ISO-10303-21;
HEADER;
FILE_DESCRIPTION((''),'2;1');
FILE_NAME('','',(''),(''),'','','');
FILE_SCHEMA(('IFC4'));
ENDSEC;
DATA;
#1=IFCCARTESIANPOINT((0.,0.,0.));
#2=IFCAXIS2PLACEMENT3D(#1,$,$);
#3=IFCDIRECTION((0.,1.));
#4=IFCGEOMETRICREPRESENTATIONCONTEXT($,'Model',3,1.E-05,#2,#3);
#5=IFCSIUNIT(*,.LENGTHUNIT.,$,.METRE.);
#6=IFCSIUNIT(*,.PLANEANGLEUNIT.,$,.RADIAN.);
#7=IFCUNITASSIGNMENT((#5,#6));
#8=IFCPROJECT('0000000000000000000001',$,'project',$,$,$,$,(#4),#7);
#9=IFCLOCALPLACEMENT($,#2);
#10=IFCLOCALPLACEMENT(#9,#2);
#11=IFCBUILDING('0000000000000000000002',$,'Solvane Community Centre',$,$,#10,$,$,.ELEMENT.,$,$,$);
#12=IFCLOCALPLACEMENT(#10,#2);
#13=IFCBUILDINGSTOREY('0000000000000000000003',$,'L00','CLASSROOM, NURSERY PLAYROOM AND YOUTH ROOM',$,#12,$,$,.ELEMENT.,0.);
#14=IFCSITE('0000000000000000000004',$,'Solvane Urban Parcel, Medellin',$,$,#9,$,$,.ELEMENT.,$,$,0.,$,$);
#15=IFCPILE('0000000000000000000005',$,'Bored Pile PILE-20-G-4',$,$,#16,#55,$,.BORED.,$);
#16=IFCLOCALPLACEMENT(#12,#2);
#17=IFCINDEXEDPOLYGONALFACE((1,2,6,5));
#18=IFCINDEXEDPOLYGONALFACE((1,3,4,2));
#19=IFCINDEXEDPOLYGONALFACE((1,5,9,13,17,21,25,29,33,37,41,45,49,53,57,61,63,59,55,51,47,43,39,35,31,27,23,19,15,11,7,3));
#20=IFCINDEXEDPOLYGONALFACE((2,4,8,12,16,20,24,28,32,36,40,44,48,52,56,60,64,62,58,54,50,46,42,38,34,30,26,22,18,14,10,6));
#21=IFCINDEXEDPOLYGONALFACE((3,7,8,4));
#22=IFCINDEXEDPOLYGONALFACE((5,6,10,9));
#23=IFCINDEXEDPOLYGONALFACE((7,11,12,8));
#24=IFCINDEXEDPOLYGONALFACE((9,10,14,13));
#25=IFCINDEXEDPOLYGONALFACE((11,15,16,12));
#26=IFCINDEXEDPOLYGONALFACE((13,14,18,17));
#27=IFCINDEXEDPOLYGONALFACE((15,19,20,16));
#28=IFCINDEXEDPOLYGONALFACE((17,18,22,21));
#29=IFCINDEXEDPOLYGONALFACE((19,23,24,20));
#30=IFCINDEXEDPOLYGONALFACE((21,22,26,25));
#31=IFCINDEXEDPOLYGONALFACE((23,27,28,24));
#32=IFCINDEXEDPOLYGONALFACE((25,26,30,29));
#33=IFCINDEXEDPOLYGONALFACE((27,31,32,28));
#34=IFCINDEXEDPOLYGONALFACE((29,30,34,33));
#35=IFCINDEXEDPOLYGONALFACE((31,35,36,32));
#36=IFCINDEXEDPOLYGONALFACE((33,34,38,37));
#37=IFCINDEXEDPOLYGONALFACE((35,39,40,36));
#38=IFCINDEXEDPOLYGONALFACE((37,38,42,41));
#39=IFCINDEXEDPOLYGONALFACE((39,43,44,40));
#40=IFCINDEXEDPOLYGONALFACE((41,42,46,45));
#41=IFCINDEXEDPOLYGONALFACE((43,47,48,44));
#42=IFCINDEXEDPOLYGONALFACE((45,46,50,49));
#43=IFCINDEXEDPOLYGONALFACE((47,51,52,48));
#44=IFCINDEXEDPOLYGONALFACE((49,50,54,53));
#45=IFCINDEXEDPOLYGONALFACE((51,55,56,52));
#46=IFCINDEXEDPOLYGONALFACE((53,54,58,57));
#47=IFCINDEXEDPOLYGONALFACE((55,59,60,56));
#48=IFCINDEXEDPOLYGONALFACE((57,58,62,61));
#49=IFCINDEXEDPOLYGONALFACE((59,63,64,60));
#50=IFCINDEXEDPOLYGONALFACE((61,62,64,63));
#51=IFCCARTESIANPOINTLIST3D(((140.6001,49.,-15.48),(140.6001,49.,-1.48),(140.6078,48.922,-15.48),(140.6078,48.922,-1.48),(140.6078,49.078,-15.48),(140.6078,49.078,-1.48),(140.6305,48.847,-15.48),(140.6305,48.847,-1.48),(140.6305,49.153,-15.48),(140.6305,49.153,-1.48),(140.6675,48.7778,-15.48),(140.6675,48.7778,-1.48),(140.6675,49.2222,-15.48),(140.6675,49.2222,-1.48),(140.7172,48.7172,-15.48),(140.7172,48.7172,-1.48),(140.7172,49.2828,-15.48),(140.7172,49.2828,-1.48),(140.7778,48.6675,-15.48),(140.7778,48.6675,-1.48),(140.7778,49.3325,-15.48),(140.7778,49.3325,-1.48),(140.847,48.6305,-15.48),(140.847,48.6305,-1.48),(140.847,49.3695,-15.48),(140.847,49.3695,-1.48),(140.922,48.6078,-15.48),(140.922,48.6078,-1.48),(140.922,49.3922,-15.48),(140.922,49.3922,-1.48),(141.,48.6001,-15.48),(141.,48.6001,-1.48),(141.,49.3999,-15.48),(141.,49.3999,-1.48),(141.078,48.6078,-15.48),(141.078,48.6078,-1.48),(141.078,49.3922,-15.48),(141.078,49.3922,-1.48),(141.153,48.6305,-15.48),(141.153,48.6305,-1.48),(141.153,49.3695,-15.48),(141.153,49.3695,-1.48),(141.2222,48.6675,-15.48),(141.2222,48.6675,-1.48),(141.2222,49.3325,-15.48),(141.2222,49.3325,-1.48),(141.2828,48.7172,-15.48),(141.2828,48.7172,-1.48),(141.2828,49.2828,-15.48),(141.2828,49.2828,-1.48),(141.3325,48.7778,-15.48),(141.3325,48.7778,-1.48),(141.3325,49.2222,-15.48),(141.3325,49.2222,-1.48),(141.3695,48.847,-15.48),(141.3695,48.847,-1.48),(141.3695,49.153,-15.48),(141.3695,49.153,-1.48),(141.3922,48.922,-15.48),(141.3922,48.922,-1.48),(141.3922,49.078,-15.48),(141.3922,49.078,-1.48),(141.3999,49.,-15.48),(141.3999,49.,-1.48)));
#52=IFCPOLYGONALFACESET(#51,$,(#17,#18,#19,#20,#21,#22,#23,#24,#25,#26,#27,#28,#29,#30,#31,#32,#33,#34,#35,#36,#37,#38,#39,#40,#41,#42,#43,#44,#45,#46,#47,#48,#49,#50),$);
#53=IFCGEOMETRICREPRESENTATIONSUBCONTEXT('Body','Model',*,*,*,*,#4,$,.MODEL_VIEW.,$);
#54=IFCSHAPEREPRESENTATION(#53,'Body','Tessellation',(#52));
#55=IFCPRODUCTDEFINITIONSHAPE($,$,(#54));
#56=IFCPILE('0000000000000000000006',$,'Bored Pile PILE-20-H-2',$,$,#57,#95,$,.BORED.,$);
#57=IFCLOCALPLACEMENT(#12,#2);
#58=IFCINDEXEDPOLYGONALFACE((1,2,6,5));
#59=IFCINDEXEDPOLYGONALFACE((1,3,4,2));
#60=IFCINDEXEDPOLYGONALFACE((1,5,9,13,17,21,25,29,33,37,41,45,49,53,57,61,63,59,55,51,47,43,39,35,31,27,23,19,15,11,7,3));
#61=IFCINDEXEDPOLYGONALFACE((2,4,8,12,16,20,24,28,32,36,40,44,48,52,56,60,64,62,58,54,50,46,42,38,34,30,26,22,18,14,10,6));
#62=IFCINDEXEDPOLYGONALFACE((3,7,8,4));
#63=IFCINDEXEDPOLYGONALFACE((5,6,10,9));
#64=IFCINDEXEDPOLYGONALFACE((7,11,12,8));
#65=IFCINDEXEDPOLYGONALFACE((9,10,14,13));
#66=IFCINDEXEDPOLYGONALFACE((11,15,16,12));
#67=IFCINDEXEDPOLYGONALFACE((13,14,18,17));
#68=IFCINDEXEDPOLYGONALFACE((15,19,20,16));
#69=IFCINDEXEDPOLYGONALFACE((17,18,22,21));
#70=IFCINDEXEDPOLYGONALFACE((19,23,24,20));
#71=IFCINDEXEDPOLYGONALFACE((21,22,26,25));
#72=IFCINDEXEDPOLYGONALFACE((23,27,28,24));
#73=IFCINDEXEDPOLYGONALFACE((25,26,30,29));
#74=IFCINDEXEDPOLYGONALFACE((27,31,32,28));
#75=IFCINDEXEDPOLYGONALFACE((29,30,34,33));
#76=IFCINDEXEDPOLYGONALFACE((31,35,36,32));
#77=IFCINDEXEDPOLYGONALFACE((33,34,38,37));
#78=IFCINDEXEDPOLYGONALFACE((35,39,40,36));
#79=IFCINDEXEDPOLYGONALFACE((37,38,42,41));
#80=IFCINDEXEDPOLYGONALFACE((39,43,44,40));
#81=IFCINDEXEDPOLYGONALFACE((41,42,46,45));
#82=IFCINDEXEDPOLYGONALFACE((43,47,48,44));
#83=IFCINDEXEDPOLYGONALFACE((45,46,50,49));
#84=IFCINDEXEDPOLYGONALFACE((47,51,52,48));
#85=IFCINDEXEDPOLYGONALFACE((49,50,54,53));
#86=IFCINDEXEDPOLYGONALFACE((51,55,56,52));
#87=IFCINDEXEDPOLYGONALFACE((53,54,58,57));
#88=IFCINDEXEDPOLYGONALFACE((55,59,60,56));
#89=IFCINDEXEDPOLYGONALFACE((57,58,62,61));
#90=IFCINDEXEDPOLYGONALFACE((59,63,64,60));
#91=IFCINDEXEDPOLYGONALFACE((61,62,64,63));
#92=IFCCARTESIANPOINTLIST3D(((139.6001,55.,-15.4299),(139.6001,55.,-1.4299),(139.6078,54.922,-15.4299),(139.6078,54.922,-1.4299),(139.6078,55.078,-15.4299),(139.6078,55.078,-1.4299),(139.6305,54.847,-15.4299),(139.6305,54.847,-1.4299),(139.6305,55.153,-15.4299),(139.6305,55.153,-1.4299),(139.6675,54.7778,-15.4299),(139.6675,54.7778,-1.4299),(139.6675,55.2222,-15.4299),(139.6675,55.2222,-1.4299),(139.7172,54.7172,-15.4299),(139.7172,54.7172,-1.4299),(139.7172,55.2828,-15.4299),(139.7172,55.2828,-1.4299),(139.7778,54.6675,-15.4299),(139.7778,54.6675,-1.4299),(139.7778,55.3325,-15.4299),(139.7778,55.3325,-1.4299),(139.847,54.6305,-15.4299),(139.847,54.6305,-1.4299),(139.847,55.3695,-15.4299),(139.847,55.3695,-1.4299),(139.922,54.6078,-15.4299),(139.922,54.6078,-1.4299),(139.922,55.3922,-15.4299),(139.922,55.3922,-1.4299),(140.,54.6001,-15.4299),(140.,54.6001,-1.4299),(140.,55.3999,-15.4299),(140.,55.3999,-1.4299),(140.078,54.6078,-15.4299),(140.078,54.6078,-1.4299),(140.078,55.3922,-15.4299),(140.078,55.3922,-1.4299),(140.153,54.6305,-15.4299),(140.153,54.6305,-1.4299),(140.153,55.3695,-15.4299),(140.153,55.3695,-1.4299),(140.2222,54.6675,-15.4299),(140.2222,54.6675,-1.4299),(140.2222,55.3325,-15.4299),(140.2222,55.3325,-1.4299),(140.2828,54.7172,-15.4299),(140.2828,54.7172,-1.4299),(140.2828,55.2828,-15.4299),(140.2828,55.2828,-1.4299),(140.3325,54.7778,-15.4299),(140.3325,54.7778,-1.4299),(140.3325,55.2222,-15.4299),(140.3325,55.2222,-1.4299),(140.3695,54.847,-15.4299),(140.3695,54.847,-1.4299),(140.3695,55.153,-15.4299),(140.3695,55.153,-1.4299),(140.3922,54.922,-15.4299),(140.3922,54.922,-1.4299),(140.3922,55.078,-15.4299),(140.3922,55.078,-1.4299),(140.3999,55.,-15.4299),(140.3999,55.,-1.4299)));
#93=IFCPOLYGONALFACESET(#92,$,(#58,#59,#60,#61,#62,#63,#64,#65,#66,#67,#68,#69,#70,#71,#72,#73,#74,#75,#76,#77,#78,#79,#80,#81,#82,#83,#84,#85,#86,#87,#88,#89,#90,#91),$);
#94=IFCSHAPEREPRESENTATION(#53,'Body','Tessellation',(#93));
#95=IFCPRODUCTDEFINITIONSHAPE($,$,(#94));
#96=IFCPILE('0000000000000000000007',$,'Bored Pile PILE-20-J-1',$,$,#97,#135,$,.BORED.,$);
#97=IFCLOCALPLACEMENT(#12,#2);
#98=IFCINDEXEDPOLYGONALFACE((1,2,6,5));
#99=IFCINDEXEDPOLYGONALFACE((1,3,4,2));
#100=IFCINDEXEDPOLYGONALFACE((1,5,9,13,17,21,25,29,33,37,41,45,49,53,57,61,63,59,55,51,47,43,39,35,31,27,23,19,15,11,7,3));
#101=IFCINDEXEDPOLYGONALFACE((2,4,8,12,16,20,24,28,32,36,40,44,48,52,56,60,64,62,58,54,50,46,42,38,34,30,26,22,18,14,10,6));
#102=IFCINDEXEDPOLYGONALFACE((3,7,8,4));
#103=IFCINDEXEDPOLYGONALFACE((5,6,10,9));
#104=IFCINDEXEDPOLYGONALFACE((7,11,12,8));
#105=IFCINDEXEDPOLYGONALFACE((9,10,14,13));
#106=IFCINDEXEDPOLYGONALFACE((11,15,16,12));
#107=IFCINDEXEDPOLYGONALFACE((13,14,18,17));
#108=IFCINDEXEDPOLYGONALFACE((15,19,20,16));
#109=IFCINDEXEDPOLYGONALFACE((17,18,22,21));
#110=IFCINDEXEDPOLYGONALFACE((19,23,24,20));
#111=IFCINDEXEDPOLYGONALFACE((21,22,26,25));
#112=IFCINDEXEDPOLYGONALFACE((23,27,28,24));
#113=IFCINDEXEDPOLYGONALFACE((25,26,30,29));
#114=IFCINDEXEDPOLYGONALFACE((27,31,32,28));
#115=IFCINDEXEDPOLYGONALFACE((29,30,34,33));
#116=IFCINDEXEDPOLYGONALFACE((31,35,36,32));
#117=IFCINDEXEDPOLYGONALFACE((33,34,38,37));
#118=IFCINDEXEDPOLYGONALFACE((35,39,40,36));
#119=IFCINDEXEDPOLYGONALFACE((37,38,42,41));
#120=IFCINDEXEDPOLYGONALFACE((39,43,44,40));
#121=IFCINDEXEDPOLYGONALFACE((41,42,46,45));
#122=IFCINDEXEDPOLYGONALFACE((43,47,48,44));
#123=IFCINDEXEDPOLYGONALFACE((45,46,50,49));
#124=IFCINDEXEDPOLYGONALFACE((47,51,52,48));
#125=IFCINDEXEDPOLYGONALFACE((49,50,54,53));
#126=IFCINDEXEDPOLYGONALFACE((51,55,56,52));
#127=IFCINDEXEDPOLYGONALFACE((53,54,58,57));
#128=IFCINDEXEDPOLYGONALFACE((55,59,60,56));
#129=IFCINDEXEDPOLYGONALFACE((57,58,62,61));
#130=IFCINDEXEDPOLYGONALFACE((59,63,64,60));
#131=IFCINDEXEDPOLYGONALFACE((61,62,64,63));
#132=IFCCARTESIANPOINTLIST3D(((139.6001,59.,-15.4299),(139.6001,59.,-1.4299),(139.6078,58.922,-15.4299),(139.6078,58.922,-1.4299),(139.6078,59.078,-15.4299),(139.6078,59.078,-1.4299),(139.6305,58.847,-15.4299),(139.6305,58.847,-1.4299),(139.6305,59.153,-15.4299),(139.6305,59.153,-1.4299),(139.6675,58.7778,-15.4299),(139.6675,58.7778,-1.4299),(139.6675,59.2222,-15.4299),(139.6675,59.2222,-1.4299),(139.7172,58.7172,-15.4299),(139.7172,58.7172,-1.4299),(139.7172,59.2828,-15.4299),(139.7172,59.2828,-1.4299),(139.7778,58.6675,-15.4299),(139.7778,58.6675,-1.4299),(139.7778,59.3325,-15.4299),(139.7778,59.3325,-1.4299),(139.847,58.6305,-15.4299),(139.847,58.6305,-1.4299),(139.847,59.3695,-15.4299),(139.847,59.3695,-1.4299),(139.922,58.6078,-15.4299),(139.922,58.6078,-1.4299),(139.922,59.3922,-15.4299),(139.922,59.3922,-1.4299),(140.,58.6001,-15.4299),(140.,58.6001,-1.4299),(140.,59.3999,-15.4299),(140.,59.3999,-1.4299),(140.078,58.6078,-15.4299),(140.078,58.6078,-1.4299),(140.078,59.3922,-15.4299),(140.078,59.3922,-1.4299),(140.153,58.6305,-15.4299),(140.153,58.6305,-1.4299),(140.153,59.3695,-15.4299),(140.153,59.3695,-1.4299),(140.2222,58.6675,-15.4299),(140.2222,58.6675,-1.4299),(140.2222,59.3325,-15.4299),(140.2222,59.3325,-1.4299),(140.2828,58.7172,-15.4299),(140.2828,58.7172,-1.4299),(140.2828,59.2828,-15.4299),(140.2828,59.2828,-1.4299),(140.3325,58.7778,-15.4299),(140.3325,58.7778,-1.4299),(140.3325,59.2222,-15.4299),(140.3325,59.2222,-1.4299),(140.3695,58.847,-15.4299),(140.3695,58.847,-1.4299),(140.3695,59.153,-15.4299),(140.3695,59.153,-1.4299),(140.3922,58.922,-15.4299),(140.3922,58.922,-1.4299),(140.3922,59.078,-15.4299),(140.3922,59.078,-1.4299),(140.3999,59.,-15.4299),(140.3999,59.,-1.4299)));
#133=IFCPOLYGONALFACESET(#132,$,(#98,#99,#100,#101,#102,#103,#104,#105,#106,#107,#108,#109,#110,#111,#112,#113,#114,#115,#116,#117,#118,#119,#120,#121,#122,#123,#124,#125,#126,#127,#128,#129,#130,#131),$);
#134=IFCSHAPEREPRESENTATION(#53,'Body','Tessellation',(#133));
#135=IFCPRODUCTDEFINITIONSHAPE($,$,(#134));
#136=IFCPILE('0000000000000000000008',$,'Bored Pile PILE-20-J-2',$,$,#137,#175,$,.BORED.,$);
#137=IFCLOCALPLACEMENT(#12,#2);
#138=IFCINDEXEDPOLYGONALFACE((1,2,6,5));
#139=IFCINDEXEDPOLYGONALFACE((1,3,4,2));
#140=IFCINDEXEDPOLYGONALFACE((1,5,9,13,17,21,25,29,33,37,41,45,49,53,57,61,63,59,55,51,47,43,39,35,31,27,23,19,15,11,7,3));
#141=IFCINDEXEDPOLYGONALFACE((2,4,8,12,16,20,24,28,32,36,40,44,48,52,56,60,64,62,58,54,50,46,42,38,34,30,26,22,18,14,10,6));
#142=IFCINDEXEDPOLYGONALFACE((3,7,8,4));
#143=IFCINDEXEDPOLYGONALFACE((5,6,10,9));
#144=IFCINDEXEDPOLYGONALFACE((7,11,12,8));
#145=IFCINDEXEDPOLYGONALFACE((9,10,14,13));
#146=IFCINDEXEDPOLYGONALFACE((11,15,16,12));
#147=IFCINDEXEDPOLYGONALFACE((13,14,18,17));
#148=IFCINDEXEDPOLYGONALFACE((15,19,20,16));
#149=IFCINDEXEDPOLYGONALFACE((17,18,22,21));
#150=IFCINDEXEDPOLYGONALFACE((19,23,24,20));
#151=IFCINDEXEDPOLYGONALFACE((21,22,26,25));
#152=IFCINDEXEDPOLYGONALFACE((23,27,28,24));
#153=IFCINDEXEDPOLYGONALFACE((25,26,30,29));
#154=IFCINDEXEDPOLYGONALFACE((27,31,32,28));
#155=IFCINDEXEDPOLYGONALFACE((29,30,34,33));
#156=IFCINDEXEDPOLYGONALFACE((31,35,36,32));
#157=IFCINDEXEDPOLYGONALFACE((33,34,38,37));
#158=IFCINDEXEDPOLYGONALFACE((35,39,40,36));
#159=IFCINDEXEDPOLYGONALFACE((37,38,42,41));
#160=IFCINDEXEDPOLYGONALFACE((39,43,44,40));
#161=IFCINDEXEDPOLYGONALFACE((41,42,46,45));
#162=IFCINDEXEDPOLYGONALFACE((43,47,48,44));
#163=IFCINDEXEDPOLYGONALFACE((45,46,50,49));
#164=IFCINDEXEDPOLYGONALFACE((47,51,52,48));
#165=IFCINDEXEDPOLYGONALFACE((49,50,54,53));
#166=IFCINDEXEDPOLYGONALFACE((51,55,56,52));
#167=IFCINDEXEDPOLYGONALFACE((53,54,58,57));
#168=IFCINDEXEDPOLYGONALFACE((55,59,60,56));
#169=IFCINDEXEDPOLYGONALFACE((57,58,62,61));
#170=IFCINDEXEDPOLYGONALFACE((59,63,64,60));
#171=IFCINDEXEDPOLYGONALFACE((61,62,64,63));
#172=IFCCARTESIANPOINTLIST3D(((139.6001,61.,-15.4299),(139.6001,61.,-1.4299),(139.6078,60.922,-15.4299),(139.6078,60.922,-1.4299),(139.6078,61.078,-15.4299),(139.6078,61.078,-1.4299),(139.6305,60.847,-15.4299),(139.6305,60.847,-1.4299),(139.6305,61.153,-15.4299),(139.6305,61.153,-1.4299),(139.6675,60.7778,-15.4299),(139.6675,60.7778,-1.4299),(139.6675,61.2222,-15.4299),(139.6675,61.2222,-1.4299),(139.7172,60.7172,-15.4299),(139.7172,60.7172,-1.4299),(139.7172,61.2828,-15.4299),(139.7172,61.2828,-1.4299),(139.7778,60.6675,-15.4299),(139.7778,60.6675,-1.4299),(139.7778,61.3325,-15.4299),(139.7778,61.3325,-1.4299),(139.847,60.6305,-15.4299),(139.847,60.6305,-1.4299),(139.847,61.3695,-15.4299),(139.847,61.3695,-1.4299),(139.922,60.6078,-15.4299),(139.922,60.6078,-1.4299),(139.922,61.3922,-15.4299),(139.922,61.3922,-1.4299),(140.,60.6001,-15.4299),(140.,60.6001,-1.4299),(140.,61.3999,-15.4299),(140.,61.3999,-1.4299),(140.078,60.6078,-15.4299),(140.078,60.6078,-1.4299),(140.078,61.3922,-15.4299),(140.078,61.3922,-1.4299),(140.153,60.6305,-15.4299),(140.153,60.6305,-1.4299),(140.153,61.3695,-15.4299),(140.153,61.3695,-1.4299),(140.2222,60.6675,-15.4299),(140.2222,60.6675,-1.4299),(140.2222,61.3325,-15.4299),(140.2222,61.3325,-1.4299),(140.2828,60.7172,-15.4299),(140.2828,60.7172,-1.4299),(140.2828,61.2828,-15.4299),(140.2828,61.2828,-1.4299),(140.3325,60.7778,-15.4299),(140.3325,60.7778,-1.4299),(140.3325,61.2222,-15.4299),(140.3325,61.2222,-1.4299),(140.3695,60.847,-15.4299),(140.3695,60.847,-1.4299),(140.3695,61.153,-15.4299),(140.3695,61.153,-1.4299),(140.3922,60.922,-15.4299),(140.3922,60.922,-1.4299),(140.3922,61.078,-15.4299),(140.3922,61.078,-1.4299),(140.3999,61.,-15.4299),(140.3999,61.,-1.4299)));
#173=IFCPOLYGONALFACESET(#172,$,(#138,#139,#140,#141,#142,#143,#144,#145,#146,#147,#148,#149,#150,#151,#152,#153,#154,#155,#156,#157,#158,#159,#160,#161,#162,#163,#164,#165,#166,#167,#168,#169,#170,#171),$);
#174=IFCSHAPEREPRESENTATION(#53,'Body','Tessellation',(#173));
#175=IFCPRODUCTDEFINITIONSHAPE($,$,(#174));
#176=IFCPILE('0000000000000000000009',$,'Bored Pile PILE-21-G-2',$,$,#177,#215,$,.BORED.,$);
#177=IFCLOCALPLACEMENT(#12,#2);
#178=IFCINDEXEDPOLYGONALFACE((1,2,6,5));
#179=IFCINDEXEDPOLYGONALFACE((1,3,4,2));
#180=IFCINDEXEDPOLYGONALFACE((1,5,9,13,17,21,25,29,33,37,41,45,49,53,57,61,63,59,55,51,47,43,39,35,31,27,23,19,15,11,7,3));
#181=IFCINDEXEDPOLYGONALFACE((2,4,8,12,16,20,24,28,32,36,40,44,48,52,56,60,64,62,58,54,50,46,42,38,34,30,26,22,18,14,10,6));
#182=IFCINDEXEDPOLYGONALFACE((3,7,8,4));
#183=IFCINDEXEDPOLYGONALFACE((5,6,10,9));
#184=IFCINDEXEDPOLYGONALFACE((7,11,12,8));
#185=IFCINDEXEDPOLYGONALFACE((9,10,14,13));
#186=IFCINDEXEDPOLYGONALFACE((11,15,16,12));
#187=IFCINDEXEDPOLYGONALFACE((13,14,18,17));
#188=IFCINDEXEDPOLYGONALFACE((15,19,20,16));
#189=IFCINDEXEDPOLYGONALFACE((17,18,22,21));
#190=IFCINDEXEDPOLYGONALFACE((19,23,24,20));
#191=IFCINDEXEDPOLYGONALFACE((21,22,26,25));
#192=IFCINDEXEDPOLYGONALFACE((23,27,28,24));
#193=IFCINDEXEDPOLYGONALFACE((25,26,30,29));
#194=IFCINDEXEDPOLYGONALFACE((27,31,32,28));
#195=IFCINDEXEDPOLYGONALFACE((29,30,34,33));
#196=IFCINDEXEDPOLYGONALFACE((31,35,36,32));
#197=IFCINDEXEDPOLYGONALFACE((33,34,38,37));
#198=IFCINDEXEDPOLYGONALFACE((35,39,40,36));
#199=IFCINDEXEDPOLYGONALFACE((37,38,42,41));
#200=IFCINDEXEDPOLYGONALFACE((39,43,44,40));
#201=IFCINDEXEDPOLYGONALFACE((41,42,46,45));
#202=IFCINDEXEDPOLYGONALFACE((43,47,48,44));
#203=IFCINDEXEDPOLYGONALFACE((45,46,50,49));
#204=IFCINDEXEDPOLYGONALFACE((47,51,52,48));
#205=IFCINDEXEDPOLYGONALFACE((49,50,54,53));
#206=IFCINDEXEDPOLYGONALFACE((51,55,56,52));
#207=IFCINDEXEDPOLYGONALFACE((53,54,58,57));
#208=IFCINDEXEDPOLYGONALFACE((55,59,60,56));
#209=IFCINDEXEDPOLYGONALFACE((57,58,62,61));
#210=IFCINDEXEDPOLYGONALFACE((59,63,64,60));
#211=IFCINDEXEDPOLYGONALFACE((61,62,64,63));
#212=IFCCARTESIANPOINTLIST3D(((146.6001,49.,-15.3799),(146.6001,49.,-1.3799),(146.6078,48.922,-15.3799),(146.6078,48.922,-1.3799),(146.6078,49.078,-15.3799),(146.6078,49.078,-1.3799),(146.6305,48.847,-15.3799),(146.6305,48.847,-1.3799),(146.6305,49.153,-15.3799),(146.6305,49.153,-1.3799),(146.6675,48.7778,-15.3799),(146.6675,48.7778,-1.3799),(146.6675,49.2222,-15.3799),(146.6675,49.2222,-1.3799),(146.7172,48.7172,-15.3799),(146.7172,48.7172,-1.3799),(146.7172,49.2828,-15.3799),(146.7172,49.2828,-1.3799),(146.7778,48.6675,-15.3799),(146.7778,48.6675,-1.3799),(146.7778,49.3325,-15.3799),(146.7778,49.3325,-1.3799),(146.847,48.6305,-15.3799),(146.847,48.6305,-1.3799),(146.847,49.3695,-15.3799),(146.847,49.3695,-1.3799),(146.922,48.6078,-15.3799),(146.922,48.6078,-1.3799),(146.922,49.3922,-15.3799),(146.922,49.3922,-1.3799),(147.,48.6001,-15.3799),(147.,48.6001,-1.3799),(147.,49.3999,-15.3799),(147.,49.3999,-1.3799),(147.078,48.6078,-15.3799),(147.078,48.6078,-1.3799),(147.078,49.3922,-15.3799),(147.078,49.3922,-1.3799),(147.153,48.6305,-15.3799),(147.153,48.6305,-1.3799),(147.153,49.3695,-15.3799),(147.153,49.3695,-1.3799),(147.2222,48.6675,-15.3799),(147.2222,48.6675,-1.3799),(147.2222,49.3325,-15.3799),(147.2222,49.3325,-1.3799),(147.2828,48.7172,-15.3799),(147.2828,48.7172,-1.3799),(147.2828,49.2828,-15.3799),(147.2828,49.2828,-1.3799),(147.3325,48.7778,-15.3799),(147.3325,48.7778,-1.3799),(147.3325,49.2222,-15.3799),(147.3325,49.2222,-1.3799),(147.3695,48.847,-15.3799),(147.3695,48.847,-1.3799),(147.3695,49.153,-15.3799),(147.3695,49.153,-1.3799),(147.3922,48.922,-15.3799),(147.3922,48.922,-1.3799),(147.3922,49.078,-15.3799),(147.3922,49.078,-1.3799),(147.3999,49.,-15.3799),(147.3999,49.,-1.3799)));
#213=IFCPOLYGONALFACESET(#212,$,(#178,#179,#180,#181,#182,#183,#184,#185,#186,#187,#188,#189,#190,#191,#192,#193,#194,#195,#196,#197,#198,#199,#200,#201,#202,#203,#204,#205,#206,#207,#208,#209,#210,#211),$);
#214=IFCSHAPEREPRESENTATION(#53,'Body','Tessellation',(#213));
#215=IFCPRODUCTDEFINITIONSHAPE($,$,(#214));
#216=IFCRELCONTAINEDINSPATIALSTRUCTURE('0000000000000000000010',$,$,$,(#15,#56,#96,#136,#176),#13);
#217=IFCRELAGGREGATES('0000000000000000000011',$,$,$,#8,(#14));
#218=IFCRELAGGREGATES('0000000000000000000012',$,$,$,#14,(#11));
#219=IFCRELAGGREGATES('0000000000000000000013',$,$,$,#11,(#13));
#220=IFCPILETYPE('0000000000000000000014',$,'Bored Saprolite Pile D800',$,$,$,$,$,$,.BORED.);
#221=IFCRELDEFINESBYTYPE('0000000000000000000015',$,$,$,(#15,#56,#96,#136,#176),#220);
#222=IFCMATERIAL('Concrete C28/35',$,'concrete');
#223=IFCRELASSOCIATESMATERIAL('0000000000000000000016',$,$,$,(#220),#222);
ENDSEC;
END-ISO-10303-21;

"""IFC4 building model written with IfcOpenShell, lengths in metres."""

from ifc_helpers import new_model, si_unit, direction, frame, origin, origin_2d, place, context, subcontext, project, spatial, circle, extrude, material, material_profile, profile_set, type_object, element, save


model = new_model("IFC4")

# Units and contexts
model_context = context("Model", 3, precision=1e-05, world=origin(), true_north=direction((0.0, 1.0)))
body_context = subcontext(model_context, "Body", "Model", "MODEL_VIEW")
ifc_project = project(units=[si_unit("LENGTHUNIT", "METRE"), si_unit("PLANEANGLEUNIT", "RADIAN")], contexts=[model_context])

# Site, building, storey
site_placement = place(None, origin())
site = spatial("IfcSite", under=ifc_project, at=site_placement, Name="Solvane Urban Parcel, Medellin", CompositionType="ELEMENT", RefElevation=0.0)
building_placement = place(site_placement, origin())
building = spatial("IfcBuilding", under=site, at=building_placement, Name="Solvane Community Centre", CompositionType="ELEMENT")
storey_placement = place(building_placement, origin())
storey = spatial("IfcBuildingStorey", under=building, at=storey_placement, Name="L00", Description="CLASSROOM, NURSERY PLAYROOM AND YOUTH ROOM", CompositionType="ELEMENT", Elevation=0.0)

# Piles
ifc_material_1 = material(Name="Concrete C28/35", Category="concrete")
ifc_material_profile_1 = material_profile(ifc_material_1, circle(Radius=0.3999, at=origin_2d()), Name="PILE D800")
ifc_profile_set_1 = profile_set([ifc_material_profile_1], Name="Concrete C28/35")
pile_type = type_object("IfcPileType", Name="Bored Saprolite Pile D800", PredefinedType="BORED", material=ifc_profile_set_1)
for number, where, z_axis, x_axis, name in (
    (1, (141.0, 49.0, -1.48), (0.0, 0.0, -1.0), (1.0, 0.0, 0.0), "Bored Pile PILE-20-G-4"),
    (2, (140.0, 55.0, -1.4299), (0.0, 0.0, -1.0), (1.0, 0.0, 0.0), "Bored Pile PILE-20-H-2"),
    (3, (140.0, 59.0, -1.4299), (0.0, 0.0, -1.0), (1.0, 0.0, 0.0), "Bored Pile PILE-20-J-1"),
    (4, (140.0, 61.0, -1.4299), (0.0, 0.0, -1.0), (1.0, 0.0, 0.0), "Bored Pile PILE-20-J-2"),
    (5, (147.0, 49.0, -1.3799), (0.0, 0.0, -1.0), (1.0, 0.0, 0.0), "Bored Pile PILE-21-G-2"),
):
    element("IfcPile", number, at=place(storey_placement, frame(where, z_axis=z_axis, x_axis=x_axis)), inside=storey, type_object=pile_type, Name=name, PredefinedType="BORED", context=body_context, shape_type="SweptSolid", body=[
        extrude(circle(Radius=0.3999, at=origin_2d()), origin(), (0.0, 0.0, 1.0), 14.0),
    ])

save(model, "model.ifc")
